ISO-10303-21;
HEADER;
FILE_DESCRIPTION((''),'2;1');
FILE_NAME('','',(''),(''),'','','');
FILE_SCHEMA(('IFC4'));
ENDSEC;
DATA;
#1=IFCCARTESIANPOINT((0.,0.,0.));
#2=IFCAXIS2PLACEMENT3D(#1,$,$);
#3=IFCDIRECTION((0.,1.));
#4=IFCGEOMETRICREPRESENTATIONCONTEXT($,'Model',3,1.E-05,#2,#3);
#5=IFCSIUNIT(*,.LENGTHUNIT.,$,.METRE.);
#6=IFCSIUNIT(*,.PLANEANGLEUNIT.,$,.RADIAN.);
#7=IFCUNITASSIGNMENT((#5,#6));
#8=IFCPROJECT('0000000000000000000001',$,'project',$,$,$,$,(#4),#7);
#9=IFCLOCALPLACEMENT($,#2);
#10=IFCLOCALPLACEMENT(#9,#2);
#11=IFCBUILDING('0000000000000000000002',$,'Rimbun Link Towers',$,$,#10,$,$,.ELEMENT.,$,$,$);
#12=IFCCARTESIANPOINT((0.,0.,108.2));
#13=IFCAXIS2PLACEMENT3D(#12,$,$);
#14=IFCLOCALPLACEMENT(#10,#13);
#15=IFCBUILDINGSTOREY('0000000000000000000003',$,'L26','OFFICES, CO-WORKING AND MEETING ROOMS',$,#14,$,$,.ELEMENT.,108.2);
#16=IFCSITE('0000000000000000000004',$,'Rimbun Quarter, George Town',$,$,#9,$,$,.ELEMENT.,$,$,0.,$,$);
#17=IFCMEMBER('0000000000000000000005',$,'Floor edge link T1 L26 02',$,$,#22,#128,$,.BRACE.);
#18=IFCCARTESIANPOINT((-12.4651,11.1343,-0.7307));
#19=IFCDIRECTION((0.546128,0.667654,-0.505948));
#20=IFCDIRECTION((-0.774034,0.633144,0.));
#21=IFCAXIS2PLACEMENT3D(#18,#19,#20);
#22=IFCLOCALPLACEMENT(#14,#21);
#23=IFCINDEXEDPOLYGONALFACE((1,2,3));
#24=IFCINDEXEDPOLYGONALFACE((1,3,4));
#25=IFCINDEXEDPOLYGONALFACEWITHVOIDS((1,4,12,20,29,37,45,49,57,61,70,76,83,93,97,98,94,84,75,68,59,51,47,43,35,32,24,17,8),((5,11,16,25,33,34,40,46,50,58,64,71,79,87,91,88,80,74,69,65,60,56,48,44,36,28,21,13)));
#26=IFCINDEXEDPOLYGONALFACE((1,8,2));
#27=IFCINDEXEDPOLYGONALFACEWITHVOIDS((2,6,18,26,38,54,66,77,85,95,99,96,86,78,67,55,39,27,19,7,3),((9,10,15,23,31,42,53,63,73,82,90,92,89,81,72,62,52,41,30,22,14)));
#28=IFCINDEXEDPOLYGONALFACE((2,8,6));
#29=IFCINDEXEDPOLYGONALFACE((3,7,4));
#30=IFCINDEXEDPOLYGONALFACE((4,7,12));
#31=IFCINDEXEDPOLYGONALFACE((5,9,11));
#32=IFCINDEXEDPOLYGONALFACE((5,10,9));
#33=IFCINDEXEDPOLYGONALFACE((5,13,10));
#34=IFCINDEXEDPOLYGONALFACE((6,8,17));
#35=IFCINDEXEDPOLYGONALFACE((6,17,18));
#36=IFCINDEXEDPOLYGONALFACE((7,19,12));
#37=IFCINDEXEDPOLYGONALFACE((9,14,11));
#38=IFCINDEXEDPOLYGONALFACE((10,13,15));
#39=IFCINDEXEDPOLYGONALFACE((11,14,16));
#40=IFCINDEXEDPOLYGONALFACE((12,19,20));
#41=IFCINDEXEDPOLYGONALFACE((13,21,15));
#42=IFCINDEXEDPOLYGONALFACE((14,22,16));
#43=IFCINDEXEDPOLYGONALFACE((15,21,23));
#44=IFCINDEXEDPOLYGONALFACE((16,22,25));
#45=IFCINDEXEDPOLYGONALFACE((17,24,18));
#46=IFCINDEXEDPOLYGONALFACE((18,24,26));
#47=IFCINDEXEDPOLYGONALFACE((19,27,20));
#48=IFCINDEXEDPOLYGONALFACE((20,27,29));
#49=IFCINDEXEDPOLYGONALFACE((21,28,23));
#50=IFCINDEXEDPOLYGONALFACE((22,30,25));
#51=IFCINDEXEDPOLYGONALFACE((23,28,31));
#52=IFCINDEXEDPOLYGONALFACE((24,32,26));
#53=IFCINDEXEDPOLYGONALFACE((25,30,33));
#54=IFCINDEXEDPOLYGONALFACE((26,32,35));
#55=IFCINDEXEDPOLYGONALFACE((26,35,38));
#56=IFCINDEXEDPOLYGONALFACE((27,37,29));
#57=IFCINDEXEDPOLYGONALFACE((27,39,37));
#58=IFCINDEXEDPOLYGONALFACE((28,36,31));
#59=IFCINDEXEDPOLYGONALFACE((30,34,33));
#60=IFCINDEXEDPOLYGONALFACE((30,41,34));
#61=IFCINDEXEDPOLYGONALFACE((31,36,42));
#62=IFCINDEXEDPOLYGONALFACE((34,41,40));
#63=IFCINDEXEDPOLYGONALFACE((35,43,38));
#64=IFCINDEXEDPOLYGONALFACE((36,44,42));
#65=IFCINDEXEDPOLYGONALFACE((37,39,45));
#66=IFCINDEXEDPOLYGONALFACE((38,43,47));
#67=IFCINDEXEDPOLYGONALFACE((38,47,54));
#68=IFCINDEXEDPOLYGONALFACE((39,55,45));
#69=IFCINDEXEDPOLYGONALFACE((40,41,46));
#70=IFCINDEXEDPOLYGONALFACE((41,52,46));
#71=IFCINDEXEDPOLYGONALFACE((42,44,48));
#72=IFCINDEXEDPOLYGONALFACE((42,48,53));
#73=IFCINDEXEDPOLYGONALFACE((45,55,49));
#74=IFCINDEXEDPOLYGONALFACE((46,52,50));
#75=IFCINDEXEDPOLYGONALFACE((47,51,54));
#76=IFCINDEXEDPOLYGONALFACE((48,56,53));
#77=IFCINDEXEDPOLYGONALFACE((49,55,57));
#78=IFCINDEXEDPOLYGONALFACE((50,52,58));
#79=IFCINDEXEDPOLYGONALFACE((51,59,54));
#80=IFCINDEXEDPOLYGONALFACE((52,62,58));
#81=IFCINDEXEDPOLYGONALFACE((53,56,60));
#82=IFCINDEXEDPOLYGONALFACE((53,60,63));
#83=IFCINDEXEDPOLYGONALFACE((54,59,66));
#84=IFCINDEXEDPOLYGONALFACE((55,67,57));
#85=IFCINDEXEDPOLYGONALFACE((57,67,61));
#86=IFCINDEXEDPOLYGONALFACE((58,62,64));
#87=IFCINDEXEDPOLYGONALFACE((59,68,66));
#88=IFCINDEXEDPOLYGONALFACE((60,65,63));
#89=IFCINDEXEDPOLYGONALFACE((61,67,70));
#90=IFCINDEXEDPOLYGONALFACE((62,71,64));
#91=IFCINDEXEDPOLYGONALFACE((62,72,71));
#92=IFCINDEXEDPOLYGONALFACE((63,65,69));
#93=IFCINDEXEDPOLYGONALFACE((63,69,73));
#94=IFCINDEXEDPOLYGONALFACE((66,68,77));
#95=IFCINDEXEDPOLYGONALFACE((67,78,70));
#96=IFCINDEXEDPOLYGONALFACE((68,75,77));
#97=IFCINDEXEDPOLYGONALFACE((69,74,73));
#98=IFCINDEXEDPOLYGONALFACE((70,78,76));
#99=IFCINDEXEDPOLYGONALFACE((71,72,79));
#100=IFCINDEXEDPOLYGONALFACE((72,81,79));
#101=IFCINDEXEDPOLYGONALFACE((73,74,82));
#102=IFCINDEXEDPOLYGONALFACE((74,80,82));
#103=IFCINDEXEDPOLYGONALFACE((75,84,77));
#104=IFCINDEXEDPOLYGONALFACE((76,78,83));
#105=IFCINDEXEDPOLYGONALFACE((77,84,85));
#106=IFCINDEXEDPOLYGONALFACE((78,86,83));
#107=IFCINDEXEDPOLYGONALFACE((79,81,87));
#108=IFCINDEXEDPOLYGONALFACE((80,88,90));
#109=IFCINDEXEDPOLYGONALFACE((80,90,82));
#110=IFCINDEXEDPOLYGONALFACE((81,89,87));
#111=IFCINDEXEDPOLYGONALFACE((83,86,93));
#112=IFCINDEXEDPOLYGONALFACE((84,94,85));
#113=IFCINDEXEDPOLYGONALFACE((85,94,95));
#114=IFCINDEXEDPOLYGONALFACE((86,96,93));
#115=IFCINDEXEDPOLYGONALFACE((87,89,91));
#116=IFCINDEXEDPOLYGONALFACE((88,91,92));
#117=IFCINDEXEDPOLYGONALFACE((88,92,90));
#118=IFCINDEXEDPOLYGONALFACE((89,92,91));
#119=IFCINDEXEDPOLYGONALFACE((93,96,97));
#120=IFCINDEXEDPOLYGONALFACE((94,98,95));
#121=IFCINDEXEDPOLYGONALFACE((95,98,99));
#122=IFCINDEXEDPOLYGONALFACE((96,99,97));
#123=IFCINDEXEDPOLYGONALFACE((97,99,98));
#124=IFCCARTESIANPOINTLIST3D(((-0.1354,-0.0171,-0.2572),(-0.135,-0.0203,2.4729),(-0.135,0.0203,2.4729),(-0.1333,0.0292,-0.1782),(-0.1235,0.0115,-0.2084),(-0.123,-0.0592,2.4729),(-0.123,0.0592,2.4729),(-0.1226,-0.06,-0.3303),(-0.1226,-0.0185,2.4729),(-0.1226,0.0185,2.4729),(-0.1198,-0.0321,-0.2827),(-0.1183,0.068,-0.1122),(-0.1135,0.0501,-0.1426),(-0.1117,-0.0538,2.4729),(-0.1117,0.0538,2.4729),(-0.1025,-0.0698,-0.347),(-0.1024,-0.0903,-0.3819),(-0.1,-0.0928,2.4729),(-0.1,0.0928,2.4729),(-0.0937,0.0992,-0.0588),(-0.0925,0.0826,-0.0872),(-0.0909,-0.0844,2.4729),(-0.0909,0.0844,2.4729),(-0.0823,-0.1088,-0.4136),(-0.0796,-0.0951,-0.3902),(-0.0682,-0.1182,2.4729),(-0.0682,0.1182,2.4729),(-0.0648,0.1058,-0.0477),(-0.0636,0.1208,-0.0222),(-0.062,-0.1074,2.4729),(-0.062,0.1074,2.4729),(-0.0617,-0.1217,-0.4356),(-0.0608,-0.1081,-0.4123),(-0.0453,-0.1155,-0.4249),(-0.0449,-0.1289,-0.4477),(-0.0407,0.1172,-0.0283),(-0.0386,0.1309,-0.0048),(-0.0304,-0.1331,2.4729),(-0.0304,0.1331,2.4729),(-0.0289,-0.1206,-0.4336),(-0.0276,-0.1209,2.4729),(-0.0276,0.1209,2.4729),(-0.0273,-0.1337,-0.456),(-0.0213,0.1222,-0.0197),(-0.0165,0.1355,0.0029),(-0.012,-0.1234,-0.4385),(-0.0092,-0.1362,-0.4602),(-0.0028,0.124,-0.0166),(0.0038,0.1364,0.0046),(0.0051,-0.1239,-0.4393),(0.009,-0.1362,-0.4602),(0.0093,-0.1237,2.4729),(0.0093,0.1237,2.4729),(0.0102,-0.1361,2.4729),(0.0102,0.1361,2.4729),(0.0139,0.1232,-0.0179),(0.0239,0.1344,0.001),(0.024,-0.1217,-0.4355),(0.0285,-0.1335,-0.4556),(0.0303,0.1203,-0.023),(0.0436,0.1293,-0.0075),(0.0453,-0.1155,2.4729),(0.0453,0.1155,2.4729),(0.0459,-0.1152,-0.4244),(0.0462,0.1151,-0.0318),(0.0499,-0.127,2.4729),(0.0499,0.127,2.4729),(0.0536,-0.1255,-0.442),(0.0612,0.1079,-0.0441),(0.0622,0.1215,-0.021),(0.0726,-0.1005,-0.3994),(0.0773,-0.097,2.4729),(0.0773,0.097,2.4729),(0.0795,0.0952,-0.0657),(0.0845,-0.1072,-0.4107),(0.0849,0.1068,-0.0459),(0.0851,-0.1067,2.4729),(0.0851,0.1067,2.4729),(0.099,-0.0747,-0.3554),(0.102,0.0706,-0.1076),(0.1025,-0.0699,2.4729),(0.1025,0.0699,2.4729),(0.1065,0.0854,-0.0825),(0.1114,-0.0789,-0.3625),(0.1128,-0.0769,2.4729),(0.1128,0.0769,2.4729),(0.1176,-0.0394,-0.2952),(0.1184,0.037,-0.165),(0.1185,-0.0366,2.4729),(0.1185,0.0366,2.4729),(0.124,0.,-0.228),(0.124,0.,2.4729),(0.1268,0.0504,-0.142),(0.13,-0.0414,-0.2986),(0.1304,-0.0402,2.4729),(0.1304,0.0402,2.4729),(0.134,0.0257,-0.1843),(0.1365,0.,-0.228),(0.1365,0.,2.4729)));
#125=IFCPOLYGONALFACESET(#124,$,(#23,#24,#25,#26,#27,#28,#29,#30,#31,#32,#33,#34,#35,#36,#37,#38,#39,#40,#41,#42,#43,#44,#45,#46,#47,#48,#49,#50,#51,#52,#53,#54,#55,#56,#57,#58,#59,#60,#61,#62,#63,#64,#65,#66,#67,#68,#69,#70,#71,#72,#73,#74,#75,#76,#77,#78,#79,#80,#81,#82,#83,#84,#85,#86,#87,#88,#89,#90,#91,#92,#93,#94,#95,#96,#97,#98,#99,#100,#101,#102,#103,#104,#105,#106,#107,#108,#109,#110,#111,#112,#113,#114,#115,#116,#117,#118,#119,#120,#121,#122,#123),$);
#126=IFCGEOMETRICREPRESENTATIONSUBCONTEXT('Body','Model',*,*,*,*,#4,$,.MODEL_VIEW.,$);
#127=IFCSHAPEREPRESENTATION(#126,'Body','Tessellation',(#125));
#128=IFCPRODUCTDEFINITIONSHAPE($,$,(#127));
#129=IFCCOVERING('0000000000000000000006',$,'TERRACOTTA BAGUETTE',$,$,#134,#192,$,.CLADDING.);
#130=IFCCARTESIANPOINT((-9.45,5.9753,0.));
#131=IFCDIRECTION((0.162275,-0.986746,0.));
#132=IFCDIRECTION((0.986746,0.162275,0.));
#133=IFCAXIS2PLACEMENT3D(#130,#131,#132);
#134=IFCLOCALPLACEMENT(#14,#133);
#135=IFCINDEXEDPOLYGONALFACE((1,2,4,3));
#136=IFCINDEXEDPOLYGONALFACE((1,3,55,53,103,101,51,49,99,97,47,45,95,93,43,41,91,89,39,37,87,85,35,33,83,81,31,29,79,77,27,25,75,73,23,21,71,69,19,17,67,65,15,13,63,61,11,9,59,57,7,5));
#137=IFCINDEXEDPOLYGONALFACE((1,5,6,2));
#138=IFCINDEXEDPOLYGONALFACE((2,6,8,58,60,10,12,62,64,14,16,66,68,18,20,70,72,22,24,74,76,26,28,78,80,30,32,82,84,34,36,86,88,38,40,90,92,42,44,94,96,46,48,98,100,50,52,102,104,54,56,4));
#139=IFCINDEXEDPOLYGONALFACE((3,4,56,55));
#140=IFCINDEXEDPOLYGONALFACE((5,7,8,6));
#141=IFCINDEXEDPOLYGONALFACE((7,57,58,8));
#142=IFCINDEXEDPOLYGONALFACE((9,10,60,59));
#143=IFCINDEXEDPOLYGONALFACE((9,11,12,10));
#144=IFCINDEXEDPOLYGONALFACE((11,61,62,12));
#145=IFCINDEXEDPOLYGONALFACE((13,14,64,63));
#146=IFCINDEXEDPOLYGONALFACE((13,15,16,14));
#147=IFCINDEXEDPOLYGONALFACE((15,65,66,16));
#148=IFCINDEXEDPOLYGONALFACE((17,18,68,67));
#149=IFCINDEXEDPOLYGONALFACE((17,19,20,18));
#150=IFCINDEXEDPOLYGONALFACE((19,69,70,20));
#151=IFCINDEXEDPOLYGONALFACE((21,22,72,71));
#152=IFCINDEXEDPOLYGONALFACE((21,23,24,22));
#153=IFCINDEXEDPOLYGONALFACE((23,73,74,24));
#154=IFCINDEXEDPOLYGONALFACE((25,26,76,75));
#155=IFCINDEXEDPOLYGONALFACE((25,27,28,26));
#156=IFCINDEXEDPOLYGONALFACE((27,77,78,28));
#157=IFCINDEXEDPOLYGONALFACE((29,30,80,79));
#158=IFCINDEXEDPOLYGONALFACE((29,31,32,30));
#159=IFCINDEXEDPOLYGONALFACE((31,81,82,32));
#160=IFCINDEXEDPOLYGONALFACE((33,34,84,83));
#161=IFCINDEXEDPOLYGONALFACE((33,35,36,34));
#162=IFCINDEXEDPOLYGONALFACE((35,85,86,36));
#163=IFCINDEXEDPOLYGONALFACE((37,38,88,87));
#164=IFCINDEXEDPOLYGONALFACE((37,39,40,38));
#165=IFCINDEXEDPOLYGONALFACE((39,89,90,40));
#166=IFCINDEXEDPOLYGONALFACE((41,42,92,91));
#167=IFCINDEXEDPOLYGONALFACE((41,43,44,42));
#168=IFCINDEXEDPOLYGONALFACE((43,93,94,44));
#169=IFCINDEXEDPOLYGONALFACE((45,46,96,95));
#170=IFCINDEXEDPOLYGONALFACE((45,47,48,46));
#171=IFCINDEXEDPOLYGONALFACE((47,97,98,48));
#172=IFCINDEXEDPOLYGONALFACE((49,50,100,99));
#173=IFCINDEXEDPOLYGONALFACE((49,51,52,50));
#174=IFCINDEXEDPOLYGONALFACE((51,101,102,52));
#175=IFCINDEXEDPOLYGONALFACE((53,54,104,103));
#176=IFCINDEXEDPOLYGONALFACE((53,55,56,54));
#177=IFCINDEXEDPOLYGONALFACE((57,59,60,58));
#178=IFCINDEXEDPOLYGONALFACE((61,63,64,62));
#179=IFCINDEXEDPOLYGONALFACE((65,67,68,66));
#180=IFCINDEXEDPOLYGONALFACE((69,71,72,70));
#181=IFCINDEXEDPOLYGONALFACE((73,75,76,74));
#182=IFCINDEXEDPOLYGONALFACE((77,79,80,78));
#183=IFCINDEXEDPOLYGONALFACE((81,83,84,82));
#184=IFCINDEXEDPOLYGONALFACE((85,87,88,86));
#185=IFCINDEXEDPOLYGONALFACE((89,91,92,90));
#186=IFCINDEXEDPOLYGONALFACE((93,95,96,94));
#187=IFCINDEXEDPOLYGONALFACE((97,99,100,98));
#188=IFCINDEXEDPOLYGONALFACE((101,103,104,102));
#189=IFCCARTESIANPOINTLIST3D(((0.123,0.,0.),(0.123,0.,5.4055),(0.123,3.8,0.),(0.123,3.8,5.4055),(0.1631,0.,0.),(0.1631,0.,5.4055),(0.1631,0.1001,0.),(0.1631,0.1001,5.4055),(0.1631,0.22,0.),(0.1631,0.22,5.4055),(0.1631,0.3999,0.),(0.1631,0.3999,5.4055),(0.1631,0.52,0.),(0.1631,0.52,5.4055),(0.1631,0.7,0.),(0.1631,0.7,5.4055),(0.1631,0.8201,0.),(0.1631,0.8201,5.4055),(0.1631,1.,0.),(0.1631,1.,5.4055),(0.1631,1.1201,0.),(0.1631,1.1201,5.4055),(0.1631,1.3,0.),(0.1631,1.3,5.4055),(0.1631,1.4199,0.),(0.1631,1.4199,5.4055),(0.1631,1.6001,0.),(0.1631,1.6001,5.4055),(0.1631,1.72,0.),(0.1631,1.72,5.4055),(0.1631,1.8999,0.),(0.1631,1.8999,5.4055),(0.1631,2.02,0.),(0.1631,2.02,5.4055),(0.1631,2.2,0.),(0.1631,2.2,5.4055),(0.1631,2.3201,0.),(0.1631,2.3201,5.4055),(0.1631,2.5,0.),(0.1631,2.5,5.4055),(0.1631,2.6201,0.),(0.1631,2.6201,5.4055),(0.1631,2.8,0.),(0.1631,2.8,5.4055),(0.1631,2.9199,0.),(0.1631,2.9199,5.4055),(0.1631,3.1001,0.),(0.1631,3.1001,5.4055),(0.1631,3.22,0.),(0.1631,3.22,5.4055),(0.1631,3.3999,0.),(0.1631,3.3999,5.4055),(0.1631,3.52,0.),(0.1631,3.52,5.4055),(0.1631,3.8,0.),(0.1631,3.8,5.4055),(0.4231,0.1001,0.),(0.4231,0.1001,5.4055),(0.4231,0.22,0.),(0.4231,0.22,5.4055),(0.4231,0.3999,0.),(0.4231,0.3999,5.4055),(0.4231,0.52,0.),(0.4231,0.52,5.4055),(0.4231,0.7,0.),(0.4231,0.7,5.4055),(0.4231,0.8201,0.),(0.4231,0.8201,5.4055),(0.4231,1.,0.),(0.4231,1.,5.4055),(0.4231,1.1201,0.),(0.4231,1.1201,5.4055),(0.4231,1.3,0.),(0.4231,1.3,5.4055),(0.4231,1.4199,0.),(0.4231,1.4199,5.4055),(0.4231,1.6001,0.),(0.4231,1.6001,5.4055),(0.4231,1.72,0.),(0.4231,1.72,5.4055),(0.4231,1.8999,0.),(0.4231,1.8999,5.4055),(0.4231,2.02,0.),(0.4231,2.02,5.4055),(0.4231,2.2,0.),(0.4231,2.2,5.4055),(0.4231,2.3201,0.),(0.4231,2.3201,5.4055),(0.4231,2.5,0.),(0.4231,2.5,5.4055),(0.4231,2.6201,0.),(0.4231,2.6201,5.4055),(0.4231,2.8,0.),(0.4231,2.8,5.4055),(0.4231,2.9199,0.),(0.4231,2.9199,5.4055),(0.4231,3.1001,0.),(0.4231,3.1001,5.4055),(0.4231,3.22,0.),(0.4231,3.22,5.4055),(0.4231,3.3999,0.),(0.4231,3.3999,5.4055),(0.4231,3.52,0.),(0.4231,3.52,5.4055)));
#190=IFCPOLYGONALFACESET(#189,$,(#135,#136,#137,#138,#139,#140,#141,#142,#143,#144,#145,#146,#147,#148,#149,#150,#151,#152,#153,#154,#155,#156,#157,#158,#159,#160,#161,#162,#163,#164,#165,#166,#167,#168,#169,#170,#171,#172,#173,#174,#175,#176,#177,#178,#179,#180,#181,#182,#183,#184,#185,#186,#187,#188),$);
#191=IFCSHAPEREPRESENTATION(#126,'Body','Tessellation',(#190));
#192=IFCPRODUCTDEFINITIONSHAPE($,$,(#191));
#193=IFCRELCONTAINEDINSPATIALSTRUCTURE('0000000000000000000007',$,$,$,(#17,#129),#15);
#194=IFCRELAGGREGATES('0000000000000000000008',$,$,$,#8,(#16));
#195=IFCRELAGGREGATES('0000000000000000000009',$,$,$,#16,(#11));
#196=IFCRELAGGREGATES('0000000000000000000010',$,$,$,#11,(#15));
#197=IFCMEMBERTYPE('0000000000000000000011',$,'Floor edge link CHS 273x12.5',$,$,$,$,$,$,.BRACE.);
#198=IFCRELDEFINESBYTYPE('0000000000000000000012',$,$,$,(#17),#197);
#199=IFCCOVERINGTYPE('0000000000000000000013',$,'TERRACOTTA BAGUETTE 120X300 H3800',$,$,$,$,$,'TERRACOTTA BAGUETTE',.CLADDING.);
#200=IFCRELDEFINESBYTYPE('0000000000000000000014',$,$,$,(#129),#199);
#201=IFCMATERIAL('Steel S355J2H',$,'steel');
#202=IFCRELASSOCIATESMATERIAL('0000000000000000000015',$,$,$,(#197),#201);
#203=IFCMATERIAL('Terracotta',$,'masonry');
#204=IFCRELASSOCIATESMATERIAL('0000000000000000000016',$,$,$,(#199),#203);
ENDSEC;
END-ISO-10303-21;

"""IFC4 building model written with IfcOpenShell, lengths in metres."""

from ifc_helpers import new_model, si_unit, direction, frame, origin, origin_2d, place, context, subcontext, project, spatial, polyline, hollow_circle, outline, extrude, clip, halfspace, material, material_profile, profile_set, type_object, element, save


model = new_model("IFC4")

# Units and contexts
model_context = context("Model", 3, precision=1e-05, world=origin(), true_north=direction((0.0, 1.0)))
body_context = subcontext(model_context, "Body", "Model", "MODEL_VIEW")
ifc_project = project(units=[si_unit("LENGTHUNIT", "METRE"), si_unit("PLANEANGLEUNIT", "RADIAN")], contexts=[model_context])

# Site, building, storey
site_placement = place(None, origin())
site = spatial("IfcSite", under=ifc_project, at=site_placement, Name="Rimbun Quarter, George Town", CompositionType="ELEMENT", RefElevation=0.0)
building_placement = place(site_placement, origin())
building = spatial("IfcBuilding", under=site, at=building_placement, Name="Rimbun Link Towers", CompositionType="ELEMENT")
storey_placement = place(building_placement, frame((0.0, 0.0, 108.2)))
storey = spatial("IfcBuildingStorey", under=building, at=storey_placement, Name="L26", Description="OFFICES, CO-WORKING AND MEETING ROOMS", CompositionType="ELEMENT", Elevation=108.2)

# Member
ifc_material_1 = material(Name="Steel S355J2H", Category="steel")
ifc_material_profile_1 = material_profile(ifc_material_1, hollow_circle(Radius=0.1365, WallThickness=0.0125, at=origin_2d()), Name="CHS 273x12.5")
ifc_profile_set_1 = profile_set([ifc_material_profile_1], Name="Steel S355J2H")
member_type_1 = type_object("IfcMemberType", Name="Floor edge link CHS 273x12.5", PredefinedType="BRACE", material=ifc_profile_set_1)
member_1_placement = place(storey_placement, frame((-12.4651, 11.1343, -0.7307), z_axis=(0.546128, 0.667654, -0.505948), x_axis=(-0.774034, 0.633144, 0.0)))
element("IfcMember", 1, at=member_1_placement, inside=storey, type_object=member_type_1, Name="Floor edge link T1 L26 02", PredefinedType="BRACE", context=body_context, shape_type="Clipping", body=[
    clip(extrude(hollow_circle(Radius=0.1365, WallThickness=0.0125, at=origin_2d()), frame((0.0, 0.0, -0.4854)), (0.0, 0.0, 1.0), 2.9583), halfspace(frame((0.0, 0.0, -0.228), z_axis=(0.0, 0.862564, -0.505948)), False)),
])

# Covering
ifc_material_2 = material(Name="Terracotta", Category="masonry")
ifc_material_profile_2 = material_profile(ifc_material_2, outline(polyline([(0.123, 0.0), (0.1631, 0.0), (0.1631, 0.1001), (0.4231, 0.1001), (0.4231, 0.22), (0.1631, 0.22), (0.1631, 0.3999), (0.4231, 0.3999), (0.4231, 0.52), (0.1631, 0.52), (0.1631, 0.7), (0.4231, 0.7), (0.4231, 0.8201), (0.1631, 0.8201), (0.1631, 1.0), (0.4231, 1.0), (0.4231, 1.1201), (0.1631, 1.1201), (0.1631, 1.3), (0.4231, 1.3), (0.4231, 1.4199), (0.1631, 1.4199), (0.1631, 1.6001), (0.4231, 1.6001), (0.4231, 1.72), (0.1631, 1.72), (0.1631, 1.8999), (0.4231, 1.8999), (0.4231, 2.02), (0.1631, 2.02), (0.1631, 2.2), (0.4231, 2.2), (0.4231, 2.3201), (0.1631, 2.3201), (0.1631, 2.5), (0.4231, 2.5), (0.4231, 2.6201), (0.1631, 2.6201), (0.1631, 2.8), (0.4231, 2.8), (0.4231, 2.9199), (0.1631, 2.9199), (0.1631, 3.1001), (0.4231, 3.1001), (0.4231, 3.22), (0.1631, 3.22), (0.1631, 3.3999), (0.4231, 3.3999), (0.4231, 3.52), (0.1631, 3.52), (0.1631, 3.8), (0.123, 3.8), (0.123, 0.0)])), Name="BAGUETTE 120X300")
ifc_profile_set_2 = profile_set([ifc_material_profile_2], Name="Terracotta")
covering_type = type_object("IfcCoveringType", Name="TERRACOTTA BAGUETTE 120X300 H3800", ElementType="TERRACOTTA BAGUETTE", PredefinedType="CLADDING", material=ifc_profile_set_2)
covering_1_placement = place(storey_placement, frame((-9.45, 5.9753, 0.0), z_axis=(0.162275, -0.986746, 0.0), x_axis=(0.986746, 0.162275, 0.0)))
element("IfcCovering", 2, at=covering_1_placement, inside=storey, type_object=covering_type, Name="TERRACOTTA BAGUETTE", PredefinedType="CLADDING", context=body_context, shape_type="SweptSolid", body=[
    extrude(outline(polyline([(0.123, 0.0), (0.1631, 0.0), (0.1631, 0.1001), (0.4231, 0.1001), (0.4231, 0.22), (0.1631, 0.22), (0.1631, 0.3999), (0.4231, 0.3999), (0.4231, 0.52), (0.1631, 0.52), (0.1631, 0.7), (0.4231, 0.7), (0.4231, 0.8201), (0.1631, 0.8201), (0.1631, 1.0), (0.4231, 1.0), (0.4231, 1.1201), (0.1631, 1.1201), (0.1631, 1.3), (0.4231, 1.3), (0.4231, 1.4199), (0.1631, 1.4199), (0.1631, 1.6001), (0.4231, 1.6001), (0.4231, 1.72), (0.1631, 1.72), (0.1631, 1.8999), (0.4231, 1.8999), (0.4231, 2.02), (0.1631, 2.02), (0.1631, 2.2), (0.4231, 2.2), (0.4231, 2.3201), (0.1631, 2.3201), (0.1631, 2.5), (0.4231, 2.5), (0.4231, 2.6201), (0.1631, 2.6201), (0.1631, 2.8), (0.4231, 2.8), (0.4231, 2.9199), (0.1631, 2.9199), (0.1631, 3.1001), (0.4231, 3.1001), (0.4231, 3.22), (0.1631, 3.22), (0.1631, 3.3999), (0.4231, 3.3999), (0.4231, 3.52), (0.1631, 3.52), (0.1631, 3.8), (0.123, 3.8), (0.123, 0.0)])), origin(), (0.0, 0.0, 1.0), 5.4055),
])

save(model, "model.ifc")
